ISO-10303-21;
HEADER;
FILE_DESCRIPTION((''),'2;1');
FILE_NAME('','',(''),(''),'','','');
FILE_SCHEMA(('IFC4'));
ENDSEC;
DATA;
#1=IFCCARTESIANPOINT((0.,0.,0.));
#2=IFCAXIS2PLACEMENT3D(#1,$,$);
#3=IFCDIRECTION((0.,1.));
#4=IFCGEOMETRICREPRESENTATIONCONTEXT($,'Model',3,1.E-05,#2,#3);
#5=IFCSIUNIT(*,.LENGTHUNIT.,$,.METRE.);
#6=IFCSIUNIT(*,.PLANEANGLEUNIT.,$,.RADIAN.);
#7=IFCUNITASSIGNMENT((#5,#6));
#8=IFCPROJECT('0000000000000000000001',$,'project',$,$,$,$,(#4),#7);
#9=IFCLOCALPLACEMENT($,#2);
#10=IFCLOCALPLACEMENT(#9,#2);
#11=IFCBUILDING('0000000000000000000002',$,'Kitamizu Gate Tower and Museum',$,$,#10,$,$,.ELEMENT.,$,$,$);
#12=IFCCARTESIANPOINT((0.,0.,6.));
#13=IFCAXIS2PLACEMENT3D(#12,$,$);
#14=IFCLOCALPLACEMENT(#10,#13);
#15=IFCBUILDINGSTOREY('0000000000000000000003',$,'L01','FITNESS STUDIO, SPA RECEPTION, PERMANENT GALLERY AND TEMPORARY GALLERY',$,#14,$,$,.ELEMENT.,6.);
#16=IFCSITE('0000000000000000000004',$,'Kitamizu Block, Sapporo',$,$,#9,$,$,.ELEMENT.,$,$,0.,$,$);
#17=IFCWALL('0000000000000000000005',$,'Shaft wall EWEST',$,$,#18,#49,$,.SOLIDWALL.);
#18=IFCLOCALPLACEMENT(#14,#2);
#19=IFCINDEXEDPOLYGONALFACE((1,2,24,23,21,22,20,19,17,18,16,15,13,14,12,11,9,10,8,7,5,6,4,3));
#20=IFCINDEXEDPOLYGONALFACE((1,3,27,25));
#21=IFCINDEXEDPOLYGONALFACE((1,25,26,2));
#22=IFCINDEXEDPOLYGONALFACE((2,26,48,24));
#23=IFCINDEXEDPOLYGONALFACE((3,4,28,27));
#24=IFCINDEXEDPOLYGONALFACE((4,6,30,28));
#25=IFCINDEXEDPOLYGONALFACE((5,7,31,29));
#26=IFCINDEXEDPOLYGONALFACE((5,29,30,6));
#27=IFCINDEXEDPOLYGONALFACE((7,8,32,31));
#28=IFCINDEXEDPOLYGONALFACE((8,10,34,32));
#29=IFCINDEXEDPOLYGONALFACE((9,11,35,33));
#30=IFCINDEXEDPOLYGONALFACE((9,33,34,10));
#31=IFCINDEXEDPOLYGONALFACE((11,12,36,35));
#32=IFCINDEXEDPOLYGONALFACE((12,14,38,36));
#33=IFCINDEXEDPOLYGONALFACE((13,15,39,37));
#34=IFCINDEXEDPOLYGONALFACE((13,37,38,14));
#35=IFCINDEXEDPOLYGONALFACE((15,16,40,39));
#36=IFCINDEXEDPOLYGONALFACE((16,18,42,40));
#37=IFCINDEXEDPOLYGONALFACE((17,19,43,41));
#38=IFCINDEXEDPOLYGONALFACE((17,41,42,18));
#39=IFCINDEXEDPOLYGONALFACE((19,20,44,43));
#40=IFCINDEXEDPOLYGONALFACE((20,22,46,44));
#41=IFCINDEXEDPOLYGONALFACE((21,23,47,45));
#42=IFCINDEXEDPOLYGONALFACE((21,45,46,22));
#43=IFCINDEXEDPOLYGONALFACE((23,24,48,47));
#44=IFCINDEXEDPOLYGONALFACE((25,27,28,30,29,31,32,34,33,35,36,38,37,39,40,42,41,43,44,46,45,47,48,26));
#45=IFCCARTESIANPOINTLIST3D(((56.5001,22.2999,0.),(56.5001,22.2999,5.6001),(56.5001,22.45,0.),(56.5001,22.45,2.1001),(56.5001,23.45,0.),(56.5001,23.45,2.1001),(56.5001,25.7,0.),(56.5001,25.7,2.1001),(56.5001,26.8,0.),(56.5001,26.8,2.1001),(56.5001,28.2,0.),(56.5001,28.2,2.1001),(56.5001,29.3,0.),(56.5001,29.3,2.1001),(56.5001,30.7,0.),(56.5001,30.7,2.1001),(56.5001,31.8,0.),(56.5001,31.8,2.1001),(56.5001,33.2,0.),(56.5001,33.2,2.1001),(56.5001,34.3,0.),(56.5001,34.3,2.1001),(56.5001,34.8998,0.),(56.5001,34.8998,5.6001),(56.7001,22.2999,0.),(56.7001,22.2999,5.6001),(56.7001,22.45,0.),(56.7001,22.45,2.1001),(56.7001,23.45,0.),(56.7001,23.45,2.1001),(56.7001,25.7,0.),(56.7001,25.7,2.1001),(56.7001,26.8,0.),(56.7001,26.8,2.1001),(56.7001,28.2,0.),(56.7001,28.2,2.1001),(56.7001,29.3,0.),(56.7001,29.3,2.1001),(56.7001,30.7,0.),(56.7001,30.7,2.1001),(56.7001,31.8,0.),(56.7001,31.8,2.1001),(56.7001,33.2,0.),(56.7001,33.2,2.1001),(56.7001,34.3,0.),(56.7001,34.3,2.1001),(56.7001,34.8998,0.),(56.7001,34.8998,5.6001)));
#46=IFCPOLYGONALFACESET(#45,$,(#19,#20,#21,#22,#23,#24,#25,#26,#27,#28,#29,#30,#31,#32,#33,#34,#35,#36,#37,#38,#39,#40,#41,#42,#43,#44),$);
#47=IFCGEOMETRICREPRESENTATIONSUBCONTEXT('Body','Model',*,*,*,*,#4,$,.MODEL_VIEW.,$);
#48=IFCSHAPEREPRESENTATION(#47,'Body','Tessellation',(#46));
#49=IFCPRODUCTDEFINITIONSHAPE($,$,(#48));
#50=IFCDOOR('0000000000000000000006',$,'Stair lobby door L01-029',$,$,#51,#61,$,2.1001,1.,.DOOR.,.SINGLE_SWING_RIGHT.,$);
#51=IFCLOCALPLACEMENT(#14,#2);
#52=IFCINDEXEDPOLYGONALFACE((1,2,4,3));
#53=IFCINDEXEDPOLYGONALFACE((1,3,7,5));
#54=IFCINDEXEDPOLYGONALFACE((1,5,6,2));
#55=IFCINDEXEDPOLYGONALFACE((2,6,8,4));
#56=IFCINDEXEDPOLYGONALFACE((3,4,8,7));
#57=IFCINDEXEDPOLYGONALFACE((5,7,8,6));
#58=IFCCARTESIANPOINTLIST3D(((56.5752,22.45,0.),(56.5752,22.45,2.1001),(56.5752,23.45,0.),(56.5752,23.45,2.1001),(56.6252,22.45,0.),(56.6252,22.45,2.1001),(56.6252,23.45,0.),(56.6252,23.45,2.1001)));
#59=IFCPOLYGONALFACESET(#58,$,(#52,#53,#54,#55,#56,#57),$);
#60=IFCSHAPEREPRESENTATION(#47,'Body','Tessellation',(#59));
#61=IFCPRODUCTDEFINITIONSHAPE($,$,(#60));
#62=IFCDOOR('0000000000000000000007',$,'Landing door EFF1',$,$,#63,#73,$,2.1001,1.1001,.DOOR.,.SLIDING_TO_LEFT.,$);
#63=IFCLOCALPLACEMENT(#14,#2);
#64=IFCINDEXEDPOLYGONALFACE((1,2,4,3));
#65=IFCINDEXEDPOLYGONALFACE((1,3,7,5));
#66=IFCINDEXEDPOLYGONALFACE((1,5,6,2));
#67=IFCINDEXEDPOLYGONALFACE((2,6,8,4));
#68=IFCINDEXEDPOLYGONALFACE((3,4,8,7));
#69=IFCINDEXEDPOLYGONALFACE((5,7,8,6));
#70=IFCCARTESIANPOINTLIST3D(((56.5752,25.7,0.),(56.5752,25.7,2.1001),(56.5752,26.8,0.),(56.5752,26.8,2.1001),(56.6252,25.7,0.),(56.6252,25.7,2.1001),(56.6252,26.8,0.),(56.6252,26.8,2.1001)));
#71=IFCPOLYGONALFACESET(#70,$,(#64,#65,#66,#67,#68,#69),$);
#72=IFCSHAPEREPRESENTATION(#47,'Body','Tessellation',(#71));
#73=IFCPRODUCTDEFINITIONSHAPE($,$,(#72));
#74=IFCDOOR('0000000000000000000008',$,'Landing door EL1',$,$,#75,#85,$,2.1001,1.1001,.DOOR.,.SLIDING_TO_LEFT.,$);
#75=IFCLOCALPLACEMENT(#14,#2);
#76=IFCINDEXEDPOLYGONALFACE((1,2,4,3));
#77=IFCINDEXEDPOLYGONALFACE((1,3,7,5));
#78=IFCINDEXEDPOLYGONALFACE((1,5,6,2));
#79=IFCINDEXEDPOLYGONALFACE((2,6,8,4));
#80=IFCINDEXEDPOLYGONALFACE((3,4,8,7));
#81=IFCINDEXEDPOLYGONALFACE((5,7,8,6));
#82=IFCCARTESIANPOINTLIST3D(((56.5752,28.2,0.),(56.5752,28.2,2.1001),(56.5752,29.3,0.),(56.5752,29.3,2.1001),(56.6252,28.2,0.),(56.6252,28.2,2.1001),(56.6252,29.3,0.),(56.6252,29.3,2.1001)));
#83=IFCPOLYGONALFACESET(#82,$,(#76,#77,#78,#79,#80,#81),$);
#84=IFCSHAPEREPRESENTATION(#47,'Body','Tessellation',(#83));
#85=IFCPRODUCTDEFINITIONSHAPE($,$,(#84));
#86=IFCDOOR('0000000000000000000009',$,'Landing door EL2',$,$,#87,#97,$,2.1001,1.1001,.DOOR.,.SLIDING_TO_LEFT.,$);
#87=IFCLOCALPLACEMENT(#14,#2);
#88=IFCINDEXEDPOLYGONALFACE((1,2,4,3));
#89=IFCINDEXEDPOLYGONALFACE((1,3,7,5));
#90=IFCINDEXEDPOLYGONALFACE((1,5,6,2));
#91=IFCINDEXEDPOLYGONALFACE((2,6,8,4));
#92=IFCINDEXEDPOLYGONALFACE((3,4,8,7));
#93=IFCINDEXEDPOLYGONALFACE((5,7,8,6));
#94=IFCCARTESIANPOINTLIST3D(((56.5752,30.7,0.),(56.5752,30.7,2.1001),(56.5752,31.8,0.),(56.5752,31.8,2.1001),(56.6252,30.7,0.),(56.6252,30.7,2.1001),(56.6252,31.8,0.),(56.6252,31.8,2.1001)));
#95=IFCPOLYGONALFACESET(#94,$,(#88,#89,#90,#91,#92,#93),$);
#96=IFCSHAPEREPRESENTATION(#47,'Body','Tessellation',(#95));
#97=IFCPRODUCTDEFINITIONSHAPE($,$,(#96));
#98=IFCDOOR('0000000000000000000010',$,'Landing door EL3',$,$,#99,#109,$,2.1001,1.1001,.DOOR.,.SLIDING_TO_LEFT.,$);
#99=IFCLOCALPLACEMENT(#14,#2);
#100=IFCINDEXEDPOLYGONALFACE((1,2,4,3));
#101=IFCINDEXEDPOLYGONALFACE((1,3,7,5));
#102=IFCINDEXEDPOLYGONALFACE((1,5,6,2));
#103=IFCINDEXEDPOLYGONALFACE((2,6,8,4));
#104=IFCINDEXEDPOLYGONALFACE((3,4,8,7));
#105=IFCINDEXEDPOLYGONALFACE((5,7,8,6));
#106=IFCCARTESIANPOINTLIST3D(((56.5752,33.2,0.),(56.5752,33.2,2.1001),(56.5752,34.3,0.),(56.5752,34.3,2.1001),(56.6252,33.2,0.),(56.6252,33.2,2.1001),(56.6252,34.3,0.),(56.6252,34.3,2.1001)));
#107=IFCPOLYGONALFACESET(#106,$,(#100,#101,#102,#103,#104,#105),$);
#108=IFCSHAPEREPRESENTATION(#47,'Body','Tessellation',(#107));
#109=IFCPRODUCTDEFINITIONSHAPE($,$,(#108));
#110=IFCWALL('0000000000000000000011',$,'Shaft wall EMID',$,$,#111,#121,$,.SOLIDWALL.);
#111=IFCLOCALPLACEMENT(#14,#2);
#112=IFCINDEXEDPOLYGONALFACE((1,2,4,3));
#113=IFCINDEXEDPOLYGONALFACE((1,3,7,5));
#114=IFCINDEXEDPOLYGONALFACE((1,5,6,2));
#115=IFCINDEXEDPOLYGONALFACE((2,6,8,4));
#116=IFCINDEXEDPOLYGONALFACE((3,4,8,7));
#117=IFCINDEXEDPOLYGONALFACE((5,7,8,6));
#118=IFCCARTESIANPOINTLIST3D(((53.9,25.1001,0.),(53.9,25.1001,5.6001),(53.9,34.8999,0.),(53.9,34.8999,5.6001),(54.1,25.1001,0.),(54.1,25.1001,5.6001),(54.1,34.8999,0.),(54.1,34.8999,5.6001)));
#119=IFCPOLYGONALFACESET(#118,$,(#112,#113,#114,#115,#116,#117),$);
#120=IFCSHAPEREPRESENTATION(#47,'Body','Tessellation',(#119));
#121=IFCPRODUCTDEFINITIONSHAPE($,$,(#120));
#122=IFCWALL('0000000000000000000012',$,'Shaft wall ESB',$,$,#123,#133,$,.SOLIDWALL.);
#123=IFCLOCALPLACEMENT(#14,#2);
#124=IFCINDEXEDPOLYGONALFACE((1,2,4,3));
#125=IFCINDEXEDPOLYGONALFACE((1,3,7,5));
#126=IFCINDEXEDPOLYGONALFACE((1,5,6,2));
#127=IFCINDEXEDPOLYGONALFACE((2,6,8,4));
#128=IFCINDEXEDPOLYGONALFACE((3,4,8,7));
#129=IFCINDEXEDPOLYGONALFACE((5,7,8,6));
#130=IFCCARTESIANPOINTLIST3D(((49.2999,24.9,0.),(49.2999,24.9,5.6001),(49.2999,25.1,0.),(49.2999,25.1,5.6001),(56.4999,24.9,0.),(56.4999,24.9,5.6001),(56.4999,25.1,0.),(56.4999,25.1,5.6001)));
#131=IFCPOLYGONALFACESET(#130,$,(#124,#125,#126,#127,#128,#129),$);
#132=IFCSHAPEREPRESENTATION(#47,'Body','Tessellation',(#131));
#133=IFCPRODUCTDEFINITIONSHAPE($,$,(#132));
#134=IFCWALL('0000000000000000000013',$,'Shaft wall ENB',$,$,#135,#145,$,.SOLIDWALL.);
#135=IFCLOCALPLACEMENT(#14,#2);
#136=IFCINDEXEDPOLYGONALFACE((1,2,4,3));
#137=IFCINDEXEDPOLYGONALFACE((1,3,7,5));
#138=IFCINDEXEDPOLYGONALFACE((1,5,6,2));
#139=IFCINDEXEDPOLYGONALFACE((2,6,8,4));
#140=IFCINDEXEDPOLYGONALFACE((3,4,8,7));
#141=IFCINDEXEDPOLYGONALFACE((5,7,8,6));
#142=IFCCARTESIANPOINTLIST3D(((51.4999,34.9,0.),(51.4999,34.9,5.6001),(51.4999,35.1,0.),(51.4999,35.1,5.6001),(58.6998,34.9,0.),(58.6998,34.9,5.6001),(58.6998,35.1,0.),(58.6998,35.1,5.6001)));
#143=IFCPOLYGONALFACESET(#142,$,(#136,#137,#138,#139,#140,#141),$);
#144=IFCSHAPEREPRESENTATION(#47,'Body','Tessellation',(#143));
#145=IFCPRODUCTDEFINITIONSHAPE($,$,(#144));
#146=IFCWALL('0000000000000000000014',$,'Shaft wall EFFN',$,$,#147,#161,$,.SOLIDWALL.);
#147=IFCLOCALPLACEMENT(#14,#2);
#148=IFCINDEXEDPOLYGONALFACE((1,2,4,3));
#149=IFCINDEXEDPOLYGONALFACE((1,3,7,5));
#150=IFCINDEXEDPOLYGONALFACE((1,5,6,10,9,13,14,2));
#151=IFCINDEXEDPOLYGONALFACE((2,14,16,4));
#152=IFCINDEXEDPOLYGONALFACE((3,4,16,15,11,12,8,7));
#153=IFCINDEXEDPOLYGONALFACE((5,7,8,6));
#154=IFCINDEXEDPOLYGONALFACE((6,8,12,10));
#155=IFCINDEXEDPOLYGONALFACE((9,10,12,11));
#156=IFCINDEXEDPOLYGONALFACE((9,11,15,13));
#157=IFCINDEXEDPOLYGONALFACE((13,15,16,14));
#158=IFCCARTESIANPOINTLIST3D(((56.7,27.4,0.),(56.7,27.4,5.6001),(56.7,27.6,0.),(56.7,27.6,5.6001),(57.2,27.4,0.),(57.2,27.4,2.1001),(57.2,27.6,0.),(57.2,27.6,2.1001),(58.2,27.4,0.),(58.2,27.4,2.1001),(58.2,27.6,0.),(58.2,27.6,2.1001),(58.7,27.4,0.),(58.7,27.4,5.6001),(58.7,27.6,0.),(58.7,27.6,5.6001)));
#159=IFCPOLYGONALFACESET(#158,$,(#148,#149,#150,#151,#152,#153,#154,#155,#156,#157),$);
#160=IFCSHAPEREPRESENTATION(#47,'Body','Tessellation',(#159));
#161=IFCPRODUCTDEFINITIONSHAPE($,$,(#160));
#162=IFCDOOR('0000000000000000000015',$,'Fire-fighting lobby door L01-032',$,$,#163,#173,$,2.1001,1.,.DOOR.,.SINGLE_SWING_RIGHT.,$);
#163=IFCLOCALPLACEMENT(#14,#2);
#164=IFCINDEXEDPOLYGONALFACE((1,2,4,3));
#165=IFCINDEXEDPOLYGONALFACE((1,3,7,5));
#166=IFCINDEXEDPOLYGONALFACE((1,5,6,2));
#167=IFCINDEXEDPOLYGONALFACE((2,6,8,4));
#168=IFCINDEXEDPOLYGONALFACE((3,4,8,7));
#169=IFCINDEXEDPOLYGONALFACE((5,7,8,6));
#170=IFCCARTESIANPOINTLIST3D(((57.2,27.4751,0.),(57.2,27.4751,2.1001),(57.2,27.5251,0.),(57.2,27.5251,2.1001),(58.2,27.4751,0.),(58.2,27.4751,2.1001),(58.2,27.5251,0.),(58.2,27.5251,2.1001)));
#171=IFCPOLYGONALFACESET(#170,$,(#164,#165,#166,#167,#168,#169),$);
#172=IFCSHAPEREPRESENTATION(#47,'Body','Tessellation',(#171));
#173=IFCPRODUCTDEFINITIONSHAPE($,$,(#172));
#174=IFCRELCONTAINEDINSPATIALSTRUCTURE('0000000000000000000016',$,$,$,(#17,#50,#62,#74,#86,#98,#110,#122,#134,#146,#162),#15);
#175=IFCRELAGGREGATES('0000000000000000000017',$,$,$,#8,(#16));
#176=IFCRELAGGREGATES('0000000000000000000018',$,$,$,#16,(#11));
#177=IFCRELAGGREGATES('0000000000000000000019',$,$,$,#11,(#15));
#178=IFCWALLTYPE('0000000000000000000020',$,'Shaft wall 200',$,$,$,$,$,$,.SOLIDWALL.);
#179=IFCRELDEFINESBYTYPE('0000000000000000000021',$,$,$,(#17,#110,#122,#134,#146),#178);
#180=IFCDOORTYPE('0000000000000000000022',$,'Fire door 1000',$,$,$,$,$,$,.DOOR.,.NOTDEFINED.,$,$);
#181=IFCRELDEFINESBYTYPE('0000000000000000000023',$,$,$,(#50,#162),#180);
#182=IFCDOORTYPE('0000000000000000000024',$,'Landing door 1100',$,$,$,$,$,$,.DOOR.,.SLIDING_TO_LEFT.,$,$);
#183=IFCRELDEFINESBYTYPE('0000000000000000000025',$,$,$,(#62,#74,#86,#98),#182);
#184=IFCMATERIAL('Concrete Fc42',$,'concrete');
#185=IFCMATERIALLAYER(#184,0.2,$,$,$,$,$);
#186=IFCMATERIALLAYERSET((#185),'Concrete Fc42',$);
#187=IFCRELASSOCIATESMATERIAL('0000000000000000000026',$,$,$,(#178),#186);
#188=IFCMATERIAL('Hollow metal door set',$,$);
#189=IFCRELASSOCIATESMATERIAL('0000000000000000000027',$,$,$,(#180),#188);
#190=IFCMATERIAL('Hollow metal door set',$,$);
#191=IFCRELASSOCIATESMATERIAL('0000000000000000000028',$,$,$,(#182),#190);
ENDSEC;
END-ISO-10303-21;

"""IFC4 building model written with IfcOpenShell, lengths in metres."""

from ifc_helpers import new_model, si_unit, direction, frame, frame_2d, origin, place, context, subcontext, project, spatial, rectangle, extrude, material, layer, layer_set, type_object, element, fill, save


model = new_model("IFC4")

# Units and contexts
model_context = context("Model", 3, precision=1e-05, world=origin(), true_north=direction((0.0, 1.0)))
body_context = subcontext(model_context, "Body", "Model", "MODEL_VIEW")
ifc_project = project(units=[si_unit("LENGTHUNIT", "METRE"), si_unit("PLANEANGLEUNIT", "RADIAN")], contexts=[model_context])

# Site, building, storey
site_placement = place(None, origin())
site = spatial("IfcSite", under=ifc_project, at=site_placement, Name="Kitamizu Block, Sapporo", CompositionType="ELEMENT", RefElevation=0.0)
building_placement = place(site_placement, origin())
building = spatial("IfcBuilding", under=site, at=building_placement, Name="Kitamizu Gate Tower and Museum", CompositionType="ELEMENT")
storey_placement = place(building_placement, frame((0.0, 0.0, 6.0)))
storey = spatial("IfcBuildingStorey", under=building, at=storey_placement, Name="L01", Description="FITNESS STUDIO, SPA RECEPTION, PERMANENT GALLERY AND TEMPORARY GALLERY", CompositionType="ELEMENT", Elevation=6.0)

# Wall, openings, doors
ifc_material_1 = material(Name="Concrete Fc42", Category="concrete")
ifc_layer = layer(ifc_material_1, 0.2)
ifc_layer_set = layer_set([ifc_layer], Name="Concrete Fc42")
wall_type = type_object("IfcWallType", Name="Shaft wall 200", PredefinedType="SOLIDWALL", material=ifc_layer_set)
wall_1_placement = place(storey_placement, frame((56.6001, 22.3, 0.0), z_axis=(0.0, 0.0, 1.0), x_axis=(0.0, 1.0, 0.0)))
wall_1 = element("IfcWall", 1, at=wall_1_placement, inside=storey, type_object=wall_type, Name="Shaft wall EWEST", PredefinedType="SOLIDWALL", context=body_context, shape_type="SweptSolid", body=[
    extrude(rectangle(XDim=12.5999, YDim=0.2, at=frame_2d((6.2998, 0.0))), origin(), (0.0, 0.0, 1.0), 5.6001),
])
opening_1_placement = place(wall_1_placement, frame((3.3999, 0.0, 0.0)))
opening_1 = element("IfcOpeningElement", 2, at=opening_1_placement, cuts=wall_1, PredefinedType="OPENING", context=body_context, shape_type="SweptSolid", body=[
    extrude(rectangle(XDim=1.1001, YDim=2.1001, at=frame_2d((0.55, 1.05))), frame((0.0, 0.1099, 0.0), z_axis=(0.0, -1.0, 0.0), x_axis=(1.0, 0.0, 0.0)), (0.0, 0.0, 1.0), 0.22),
])
opening_2_placement = place(wall_1_placement, frame((5.8999, 0.0, 0.0)))
opening_2 = element("IfcOpeningElement", 3, at=opening_2_placement, cuts=wall_1, PredefinedType="OPENING", context=body_context, shape_type="SweptSolid", body=[
    extrude(rectangle(XDim=1.1001, YDim=2.1001, at=frame_2d((0.55, 1.05))), frame((0.0, 0.1099, 0.0), z_axis=(0.0, -1.0, 0.0), x_axis=(1.0, 0.0, 0.0)), (0.0, 0.0, 1.0), 0.22),
])
opening_3_placement = place(wall_1_placement, frame((8.3999, 0.0, 0.0)))
opening_3 = element("IfcOpeningElement", 4, at=opening_3_placement, cuts=wall_1, PredefinedType="OPENING", context=body_context, shape_type="SweptSolid", body=[
    extrude(rectangle(XDim=1.1001, YDim=2.1001, at=frame_2d((0.55, 1.05))), frame((0.0, 0.1099, 0.0), z_axis=(0.0, -1.0, 0.0), x_axis=(1.0, 0.0, 0.0)), (0.0, 0.0, 1.0), 0.22),
])
opening_4_placement = place(wall_1_placement, frame((10.8999, 0.0, 0.0)))
opening_4 = element("IfcOpeningElement", 5, at=opening_4_placement, cuts=wall_1, PredefinedType="OPENING", context=body_context, shape_type="SweptSolid", body=[
    extrude(rectangle(XDim=1.1001, YDim=2.1001, at=frame_2d((0.55, 1.05))), frame((0.0, 0.1099, 0.0), z_axis=(0.0, -1.0, 0.0), x_axis=(1.0, 0.0, 0.0)), (0.0, 0.0, 1.0), 0.22),
])
opening_5_placement = place(wall_1_placement, frame((0.1499, 0.0, 0.0)))
opening_5 = element("IfcOpeningElement", 6, at=opening_5_placement, cuts=wall_1, PredefinedType="OPENING", context=body_context, shape_type="SweptSolid", body=[
    extrude(rectangle(XDim=1.0, YDim=2.1001, at=frame_2d((0.5, 1.05))), frame((0.0, 0.1099, 0.0), z_axis=(0.0, -1.0, 0.0), x_axis=(1.0, 0.0, 0.0)), (0.0, 0.0, 1.0), 0.22),
])
ifc_material_2 = material(Name="Hollow metal door set")
door_type_1 = type_object("IfcDoorType", Name="Fire door 1000", OperationType="NOTDEFINED", PredefinedType="DOOR", material=ifc_material_2)
door_1_placement = place(opening_5_placement, origin())
door_1 = element("IfcDoor", 7, at=door_1_placement, inside=storey, type_object=door_type_1, Name="Stair lobby door L01-029", OperationType="SINGLE_SWING_RIGHT", OverallHeight=2.1001, OverallWidth=1.0, PredefinedType="DOOR", context=body_context, shape_type="SweptSolid", body=[
    extrude(rectangle(XDim=1.0, YDim=2.1001, at=frame_2d((0.5, 1.05))), frame((0.0, 0.0249, 0.0), z_axis=(0.0, -1.0, 0.0), x_axis=(1.0, 0.0, 0.0)), (0.0, 0.0, 1.0), 0.05),
])
fill(opening_5, door_1)
ifc_material_3 = material(Name="Hollow metal door set")
door_type_2 = type_object("IfcDoorType", Name="Landing door 1100", OperationType="SLIDING_TO_LEFT", PredefinedType="DOOR", material=ifc_material_3)
door_2_placement = place(opening_1_placement, origin())
door_2 = element("IfcDoor", 8, at=door_2_placement, inside=storey, type_object=door_type_2, Name="Landing door EFF1", OperationType="SLIDING_TO_LEFT", OverallHeight=2.1001, OverallWidth=1.1001, PredefinedType="DOOR", context=body_context, shape_type="SweptSolid", body=[
    extrude(rectangle(XDim=1.1001, YDim=2.1001, at=frame_2d((0.55, 1.05))), frame((0.0, 0.0249, 0.0), z_axis=(0.0, -1.0, 0.0), x_axis=(1.0, 0.0, 0.0)), (0.0, 0.0, 1.0), 0.05),
])
fill(opening_1, door_2)
door_3_placement = place(opening_2_placement, origin())
door_3 = element("IfcDoor", 9, at=door_3_placement, inside=storey, type_object=door_type_2, Name="Landing door EL1", OperationType="SLIDING_TO_LEFT", OverallHeight=2.1001, OverallWidth=1.1001, PredefinedType="DOOR", context=body_context, shape_type="SweptSolid", body=[
    extrude(rectangle(XDim=1.1001, YDim=2.1001, at=frame_2d((0.55, 1.05))), frame((0.0, 0.0249, 0.0), z_axis=(0.0, -1.0, 0.0), x_axis=(1.0, 0.0, 0.0)), (0.0, 0.0, 1.0), 0.05),
])
fill(opening_2, door_3)
door_4_placement = place(opening_3_placement, origin())
door_4 = element("IfcDoor", 10, at=door_4_placement, inside=storey, type_object=door_type_2, Name="Landing door EL2", OperationType="SLIDING_TO_LEFT", OverallHeight=2.1001, OverallWidth=1.1001, PredefinedType="DOOR", context=body_context, shape_type="SweptSolid", body=[
    extrude(rectangle(XDim=1.1001, YDim=2.1001, at=frame_2d((0.55, 1.05))), frame((0.0, 0.0249, 0.0), z_axis=(0.0, -1.0, 0.0), x_axis=(1.0, 0.0, 0.0)), (0.0, 0.0, 1.0), 0.05),
])
fill(opening_3, door_4)
door_5_placement = place(opening_4_placement, origin())
door_5 = element("IfcDoor", 11, at=door_5_placement, inside=storey, type_object=door_type_2, Name="Landing door EL3", OperationType="SLIDING_TO_LEFT", OverallHeight=2.1001, OverallWidth=1.1001, PredefinedType="DOOR", context=body_context, shape_type="SweptSolid", body=[
    extrude(rectangle(XDim=1.1001, YDim=2.1001, at=frame_2d((0.55, 1.05))), frame((0.0, 0.0249, 0.0), z_axis=(0.0, -1.0, 0.0), x_axis=(1.0, 0.0, 0.0)), (0.0, 0.0, 1.0), 0.05),
])
fill(opening_4, door_5)

# Walls
wall_2_placement = place(storey_placement, frame((54.0, 25.1001, 0.0), z_axis=(0.0, 0.0, 1.0), x_axis=(0.0, 1.0, 0.0)))
element("IfcWall", 12, at=wall_2_placement, inside=storey, type_object=wall_type, Name="Shaft wall EMID", PredefinedType="SOLIDWALL", context=body_context, shape_type="SweptSolid", body=[
    extrude(rectangle(XDim=9.7998, YDim=0.2, at=frame_2d((4.8999, 0.0))), origin(), (0.0, 0.0, 1.0), 5.6001),
])
for number, where, z_axis, x_axis, name in (
    (13, (56.5, 25.0, 0.0), (0.0, 0.0, 1.0), (-1.0, 0.0, 0.0), "Shaft wall ESB"),
    (14, (58.7, 35.0, 0.0), (0.0, 0.0, 1.0), (-1.0, 0.0, 0.0), "Shaft wall ENB"),
):
    element("IfcWall", number, at=place(storey_placement, frame(where, z_axis=z_axis, x_axis=x_axis)), inside=storey, type_object=wall_type, Name=name, PredefinedType="SOLIDWALL", context=body_context, shape_type="SweptSolid", body=[
        extrude(rectangle(XDim=7.2, YDim=0.2, at=frame_2d((3.6001, 0.0))), origin(), (0.0, 0.0, 1.0), 5.6001),
    ])

# Wall, opening, door
wall_3_placement = place(storey_placement, frame((58.7, 27.5, 0.0), z_axis=(0.0, 0.0, 1.0), x_axis=(-1.0, 0.0, 0.0)))
wall_3 = element("IfcWall", 15, at=wall_3_placement, inside=storey, type_object=wall_type, Name="Shaft wall EFFN", PredefinedType="SOLIDWALL", context=body_context, shape_type="SweptSolid", body=[
    extrude(rectangle(XDim=2.0, YDim=0.2, at=frame_2d((1.0, 0.0))), origin(), (0.0, 0.0, 1.0), 5.6001),
])
opening_6_placement = place(wall_3_placement, frame((0.5, 0.0, 0.0)))
opening_6 = element("IfcOpeningElement", 16, at=opening_6_placement, cuts=wall_3, PredefinedType="OPENING", context=body_context, shape_type="SweptSolid", body=[
    extrude(rectangle(XDim=1.0, YDim=2.1001, at=frame_2d((0.5, 1.05))), frame((0.0, 0.1099, 0.0), z_axis=(0.0, -1.0, 0.0), x_axis=(1.0, 0.0, 0.0)), (0.0, 0.0, 1.0), 0.22),
])
door_6_placement = place(opening_6_placement, origin())
door_6 = element("IfcDoor", 17, at=door_6_placement, inside=storey, type_object=door_type_1, Name="Fire-fighting lobby door L01-032", OperationType="SINGLE_SWING_RIGHT", OverallHeight=2.1001, OverallWidth=1.0, PredefinedType="DOOR", context=body_context, shape_type="SweptSolid", body=[
    extrude(rectangle(XDim=1.0, YDim=2.1001, at=frame_2d((0.5, 1.05))), frame((0.0, 0.0249, 0.0), z_axis=(0.0, -1.0, 0.0), x_axis=(1.0, 0.0, 0.0)), (0.0, 0.0, 1.0), 0.05),
])
fill(opening_6, door_6)

save(model, "model.ifc")
